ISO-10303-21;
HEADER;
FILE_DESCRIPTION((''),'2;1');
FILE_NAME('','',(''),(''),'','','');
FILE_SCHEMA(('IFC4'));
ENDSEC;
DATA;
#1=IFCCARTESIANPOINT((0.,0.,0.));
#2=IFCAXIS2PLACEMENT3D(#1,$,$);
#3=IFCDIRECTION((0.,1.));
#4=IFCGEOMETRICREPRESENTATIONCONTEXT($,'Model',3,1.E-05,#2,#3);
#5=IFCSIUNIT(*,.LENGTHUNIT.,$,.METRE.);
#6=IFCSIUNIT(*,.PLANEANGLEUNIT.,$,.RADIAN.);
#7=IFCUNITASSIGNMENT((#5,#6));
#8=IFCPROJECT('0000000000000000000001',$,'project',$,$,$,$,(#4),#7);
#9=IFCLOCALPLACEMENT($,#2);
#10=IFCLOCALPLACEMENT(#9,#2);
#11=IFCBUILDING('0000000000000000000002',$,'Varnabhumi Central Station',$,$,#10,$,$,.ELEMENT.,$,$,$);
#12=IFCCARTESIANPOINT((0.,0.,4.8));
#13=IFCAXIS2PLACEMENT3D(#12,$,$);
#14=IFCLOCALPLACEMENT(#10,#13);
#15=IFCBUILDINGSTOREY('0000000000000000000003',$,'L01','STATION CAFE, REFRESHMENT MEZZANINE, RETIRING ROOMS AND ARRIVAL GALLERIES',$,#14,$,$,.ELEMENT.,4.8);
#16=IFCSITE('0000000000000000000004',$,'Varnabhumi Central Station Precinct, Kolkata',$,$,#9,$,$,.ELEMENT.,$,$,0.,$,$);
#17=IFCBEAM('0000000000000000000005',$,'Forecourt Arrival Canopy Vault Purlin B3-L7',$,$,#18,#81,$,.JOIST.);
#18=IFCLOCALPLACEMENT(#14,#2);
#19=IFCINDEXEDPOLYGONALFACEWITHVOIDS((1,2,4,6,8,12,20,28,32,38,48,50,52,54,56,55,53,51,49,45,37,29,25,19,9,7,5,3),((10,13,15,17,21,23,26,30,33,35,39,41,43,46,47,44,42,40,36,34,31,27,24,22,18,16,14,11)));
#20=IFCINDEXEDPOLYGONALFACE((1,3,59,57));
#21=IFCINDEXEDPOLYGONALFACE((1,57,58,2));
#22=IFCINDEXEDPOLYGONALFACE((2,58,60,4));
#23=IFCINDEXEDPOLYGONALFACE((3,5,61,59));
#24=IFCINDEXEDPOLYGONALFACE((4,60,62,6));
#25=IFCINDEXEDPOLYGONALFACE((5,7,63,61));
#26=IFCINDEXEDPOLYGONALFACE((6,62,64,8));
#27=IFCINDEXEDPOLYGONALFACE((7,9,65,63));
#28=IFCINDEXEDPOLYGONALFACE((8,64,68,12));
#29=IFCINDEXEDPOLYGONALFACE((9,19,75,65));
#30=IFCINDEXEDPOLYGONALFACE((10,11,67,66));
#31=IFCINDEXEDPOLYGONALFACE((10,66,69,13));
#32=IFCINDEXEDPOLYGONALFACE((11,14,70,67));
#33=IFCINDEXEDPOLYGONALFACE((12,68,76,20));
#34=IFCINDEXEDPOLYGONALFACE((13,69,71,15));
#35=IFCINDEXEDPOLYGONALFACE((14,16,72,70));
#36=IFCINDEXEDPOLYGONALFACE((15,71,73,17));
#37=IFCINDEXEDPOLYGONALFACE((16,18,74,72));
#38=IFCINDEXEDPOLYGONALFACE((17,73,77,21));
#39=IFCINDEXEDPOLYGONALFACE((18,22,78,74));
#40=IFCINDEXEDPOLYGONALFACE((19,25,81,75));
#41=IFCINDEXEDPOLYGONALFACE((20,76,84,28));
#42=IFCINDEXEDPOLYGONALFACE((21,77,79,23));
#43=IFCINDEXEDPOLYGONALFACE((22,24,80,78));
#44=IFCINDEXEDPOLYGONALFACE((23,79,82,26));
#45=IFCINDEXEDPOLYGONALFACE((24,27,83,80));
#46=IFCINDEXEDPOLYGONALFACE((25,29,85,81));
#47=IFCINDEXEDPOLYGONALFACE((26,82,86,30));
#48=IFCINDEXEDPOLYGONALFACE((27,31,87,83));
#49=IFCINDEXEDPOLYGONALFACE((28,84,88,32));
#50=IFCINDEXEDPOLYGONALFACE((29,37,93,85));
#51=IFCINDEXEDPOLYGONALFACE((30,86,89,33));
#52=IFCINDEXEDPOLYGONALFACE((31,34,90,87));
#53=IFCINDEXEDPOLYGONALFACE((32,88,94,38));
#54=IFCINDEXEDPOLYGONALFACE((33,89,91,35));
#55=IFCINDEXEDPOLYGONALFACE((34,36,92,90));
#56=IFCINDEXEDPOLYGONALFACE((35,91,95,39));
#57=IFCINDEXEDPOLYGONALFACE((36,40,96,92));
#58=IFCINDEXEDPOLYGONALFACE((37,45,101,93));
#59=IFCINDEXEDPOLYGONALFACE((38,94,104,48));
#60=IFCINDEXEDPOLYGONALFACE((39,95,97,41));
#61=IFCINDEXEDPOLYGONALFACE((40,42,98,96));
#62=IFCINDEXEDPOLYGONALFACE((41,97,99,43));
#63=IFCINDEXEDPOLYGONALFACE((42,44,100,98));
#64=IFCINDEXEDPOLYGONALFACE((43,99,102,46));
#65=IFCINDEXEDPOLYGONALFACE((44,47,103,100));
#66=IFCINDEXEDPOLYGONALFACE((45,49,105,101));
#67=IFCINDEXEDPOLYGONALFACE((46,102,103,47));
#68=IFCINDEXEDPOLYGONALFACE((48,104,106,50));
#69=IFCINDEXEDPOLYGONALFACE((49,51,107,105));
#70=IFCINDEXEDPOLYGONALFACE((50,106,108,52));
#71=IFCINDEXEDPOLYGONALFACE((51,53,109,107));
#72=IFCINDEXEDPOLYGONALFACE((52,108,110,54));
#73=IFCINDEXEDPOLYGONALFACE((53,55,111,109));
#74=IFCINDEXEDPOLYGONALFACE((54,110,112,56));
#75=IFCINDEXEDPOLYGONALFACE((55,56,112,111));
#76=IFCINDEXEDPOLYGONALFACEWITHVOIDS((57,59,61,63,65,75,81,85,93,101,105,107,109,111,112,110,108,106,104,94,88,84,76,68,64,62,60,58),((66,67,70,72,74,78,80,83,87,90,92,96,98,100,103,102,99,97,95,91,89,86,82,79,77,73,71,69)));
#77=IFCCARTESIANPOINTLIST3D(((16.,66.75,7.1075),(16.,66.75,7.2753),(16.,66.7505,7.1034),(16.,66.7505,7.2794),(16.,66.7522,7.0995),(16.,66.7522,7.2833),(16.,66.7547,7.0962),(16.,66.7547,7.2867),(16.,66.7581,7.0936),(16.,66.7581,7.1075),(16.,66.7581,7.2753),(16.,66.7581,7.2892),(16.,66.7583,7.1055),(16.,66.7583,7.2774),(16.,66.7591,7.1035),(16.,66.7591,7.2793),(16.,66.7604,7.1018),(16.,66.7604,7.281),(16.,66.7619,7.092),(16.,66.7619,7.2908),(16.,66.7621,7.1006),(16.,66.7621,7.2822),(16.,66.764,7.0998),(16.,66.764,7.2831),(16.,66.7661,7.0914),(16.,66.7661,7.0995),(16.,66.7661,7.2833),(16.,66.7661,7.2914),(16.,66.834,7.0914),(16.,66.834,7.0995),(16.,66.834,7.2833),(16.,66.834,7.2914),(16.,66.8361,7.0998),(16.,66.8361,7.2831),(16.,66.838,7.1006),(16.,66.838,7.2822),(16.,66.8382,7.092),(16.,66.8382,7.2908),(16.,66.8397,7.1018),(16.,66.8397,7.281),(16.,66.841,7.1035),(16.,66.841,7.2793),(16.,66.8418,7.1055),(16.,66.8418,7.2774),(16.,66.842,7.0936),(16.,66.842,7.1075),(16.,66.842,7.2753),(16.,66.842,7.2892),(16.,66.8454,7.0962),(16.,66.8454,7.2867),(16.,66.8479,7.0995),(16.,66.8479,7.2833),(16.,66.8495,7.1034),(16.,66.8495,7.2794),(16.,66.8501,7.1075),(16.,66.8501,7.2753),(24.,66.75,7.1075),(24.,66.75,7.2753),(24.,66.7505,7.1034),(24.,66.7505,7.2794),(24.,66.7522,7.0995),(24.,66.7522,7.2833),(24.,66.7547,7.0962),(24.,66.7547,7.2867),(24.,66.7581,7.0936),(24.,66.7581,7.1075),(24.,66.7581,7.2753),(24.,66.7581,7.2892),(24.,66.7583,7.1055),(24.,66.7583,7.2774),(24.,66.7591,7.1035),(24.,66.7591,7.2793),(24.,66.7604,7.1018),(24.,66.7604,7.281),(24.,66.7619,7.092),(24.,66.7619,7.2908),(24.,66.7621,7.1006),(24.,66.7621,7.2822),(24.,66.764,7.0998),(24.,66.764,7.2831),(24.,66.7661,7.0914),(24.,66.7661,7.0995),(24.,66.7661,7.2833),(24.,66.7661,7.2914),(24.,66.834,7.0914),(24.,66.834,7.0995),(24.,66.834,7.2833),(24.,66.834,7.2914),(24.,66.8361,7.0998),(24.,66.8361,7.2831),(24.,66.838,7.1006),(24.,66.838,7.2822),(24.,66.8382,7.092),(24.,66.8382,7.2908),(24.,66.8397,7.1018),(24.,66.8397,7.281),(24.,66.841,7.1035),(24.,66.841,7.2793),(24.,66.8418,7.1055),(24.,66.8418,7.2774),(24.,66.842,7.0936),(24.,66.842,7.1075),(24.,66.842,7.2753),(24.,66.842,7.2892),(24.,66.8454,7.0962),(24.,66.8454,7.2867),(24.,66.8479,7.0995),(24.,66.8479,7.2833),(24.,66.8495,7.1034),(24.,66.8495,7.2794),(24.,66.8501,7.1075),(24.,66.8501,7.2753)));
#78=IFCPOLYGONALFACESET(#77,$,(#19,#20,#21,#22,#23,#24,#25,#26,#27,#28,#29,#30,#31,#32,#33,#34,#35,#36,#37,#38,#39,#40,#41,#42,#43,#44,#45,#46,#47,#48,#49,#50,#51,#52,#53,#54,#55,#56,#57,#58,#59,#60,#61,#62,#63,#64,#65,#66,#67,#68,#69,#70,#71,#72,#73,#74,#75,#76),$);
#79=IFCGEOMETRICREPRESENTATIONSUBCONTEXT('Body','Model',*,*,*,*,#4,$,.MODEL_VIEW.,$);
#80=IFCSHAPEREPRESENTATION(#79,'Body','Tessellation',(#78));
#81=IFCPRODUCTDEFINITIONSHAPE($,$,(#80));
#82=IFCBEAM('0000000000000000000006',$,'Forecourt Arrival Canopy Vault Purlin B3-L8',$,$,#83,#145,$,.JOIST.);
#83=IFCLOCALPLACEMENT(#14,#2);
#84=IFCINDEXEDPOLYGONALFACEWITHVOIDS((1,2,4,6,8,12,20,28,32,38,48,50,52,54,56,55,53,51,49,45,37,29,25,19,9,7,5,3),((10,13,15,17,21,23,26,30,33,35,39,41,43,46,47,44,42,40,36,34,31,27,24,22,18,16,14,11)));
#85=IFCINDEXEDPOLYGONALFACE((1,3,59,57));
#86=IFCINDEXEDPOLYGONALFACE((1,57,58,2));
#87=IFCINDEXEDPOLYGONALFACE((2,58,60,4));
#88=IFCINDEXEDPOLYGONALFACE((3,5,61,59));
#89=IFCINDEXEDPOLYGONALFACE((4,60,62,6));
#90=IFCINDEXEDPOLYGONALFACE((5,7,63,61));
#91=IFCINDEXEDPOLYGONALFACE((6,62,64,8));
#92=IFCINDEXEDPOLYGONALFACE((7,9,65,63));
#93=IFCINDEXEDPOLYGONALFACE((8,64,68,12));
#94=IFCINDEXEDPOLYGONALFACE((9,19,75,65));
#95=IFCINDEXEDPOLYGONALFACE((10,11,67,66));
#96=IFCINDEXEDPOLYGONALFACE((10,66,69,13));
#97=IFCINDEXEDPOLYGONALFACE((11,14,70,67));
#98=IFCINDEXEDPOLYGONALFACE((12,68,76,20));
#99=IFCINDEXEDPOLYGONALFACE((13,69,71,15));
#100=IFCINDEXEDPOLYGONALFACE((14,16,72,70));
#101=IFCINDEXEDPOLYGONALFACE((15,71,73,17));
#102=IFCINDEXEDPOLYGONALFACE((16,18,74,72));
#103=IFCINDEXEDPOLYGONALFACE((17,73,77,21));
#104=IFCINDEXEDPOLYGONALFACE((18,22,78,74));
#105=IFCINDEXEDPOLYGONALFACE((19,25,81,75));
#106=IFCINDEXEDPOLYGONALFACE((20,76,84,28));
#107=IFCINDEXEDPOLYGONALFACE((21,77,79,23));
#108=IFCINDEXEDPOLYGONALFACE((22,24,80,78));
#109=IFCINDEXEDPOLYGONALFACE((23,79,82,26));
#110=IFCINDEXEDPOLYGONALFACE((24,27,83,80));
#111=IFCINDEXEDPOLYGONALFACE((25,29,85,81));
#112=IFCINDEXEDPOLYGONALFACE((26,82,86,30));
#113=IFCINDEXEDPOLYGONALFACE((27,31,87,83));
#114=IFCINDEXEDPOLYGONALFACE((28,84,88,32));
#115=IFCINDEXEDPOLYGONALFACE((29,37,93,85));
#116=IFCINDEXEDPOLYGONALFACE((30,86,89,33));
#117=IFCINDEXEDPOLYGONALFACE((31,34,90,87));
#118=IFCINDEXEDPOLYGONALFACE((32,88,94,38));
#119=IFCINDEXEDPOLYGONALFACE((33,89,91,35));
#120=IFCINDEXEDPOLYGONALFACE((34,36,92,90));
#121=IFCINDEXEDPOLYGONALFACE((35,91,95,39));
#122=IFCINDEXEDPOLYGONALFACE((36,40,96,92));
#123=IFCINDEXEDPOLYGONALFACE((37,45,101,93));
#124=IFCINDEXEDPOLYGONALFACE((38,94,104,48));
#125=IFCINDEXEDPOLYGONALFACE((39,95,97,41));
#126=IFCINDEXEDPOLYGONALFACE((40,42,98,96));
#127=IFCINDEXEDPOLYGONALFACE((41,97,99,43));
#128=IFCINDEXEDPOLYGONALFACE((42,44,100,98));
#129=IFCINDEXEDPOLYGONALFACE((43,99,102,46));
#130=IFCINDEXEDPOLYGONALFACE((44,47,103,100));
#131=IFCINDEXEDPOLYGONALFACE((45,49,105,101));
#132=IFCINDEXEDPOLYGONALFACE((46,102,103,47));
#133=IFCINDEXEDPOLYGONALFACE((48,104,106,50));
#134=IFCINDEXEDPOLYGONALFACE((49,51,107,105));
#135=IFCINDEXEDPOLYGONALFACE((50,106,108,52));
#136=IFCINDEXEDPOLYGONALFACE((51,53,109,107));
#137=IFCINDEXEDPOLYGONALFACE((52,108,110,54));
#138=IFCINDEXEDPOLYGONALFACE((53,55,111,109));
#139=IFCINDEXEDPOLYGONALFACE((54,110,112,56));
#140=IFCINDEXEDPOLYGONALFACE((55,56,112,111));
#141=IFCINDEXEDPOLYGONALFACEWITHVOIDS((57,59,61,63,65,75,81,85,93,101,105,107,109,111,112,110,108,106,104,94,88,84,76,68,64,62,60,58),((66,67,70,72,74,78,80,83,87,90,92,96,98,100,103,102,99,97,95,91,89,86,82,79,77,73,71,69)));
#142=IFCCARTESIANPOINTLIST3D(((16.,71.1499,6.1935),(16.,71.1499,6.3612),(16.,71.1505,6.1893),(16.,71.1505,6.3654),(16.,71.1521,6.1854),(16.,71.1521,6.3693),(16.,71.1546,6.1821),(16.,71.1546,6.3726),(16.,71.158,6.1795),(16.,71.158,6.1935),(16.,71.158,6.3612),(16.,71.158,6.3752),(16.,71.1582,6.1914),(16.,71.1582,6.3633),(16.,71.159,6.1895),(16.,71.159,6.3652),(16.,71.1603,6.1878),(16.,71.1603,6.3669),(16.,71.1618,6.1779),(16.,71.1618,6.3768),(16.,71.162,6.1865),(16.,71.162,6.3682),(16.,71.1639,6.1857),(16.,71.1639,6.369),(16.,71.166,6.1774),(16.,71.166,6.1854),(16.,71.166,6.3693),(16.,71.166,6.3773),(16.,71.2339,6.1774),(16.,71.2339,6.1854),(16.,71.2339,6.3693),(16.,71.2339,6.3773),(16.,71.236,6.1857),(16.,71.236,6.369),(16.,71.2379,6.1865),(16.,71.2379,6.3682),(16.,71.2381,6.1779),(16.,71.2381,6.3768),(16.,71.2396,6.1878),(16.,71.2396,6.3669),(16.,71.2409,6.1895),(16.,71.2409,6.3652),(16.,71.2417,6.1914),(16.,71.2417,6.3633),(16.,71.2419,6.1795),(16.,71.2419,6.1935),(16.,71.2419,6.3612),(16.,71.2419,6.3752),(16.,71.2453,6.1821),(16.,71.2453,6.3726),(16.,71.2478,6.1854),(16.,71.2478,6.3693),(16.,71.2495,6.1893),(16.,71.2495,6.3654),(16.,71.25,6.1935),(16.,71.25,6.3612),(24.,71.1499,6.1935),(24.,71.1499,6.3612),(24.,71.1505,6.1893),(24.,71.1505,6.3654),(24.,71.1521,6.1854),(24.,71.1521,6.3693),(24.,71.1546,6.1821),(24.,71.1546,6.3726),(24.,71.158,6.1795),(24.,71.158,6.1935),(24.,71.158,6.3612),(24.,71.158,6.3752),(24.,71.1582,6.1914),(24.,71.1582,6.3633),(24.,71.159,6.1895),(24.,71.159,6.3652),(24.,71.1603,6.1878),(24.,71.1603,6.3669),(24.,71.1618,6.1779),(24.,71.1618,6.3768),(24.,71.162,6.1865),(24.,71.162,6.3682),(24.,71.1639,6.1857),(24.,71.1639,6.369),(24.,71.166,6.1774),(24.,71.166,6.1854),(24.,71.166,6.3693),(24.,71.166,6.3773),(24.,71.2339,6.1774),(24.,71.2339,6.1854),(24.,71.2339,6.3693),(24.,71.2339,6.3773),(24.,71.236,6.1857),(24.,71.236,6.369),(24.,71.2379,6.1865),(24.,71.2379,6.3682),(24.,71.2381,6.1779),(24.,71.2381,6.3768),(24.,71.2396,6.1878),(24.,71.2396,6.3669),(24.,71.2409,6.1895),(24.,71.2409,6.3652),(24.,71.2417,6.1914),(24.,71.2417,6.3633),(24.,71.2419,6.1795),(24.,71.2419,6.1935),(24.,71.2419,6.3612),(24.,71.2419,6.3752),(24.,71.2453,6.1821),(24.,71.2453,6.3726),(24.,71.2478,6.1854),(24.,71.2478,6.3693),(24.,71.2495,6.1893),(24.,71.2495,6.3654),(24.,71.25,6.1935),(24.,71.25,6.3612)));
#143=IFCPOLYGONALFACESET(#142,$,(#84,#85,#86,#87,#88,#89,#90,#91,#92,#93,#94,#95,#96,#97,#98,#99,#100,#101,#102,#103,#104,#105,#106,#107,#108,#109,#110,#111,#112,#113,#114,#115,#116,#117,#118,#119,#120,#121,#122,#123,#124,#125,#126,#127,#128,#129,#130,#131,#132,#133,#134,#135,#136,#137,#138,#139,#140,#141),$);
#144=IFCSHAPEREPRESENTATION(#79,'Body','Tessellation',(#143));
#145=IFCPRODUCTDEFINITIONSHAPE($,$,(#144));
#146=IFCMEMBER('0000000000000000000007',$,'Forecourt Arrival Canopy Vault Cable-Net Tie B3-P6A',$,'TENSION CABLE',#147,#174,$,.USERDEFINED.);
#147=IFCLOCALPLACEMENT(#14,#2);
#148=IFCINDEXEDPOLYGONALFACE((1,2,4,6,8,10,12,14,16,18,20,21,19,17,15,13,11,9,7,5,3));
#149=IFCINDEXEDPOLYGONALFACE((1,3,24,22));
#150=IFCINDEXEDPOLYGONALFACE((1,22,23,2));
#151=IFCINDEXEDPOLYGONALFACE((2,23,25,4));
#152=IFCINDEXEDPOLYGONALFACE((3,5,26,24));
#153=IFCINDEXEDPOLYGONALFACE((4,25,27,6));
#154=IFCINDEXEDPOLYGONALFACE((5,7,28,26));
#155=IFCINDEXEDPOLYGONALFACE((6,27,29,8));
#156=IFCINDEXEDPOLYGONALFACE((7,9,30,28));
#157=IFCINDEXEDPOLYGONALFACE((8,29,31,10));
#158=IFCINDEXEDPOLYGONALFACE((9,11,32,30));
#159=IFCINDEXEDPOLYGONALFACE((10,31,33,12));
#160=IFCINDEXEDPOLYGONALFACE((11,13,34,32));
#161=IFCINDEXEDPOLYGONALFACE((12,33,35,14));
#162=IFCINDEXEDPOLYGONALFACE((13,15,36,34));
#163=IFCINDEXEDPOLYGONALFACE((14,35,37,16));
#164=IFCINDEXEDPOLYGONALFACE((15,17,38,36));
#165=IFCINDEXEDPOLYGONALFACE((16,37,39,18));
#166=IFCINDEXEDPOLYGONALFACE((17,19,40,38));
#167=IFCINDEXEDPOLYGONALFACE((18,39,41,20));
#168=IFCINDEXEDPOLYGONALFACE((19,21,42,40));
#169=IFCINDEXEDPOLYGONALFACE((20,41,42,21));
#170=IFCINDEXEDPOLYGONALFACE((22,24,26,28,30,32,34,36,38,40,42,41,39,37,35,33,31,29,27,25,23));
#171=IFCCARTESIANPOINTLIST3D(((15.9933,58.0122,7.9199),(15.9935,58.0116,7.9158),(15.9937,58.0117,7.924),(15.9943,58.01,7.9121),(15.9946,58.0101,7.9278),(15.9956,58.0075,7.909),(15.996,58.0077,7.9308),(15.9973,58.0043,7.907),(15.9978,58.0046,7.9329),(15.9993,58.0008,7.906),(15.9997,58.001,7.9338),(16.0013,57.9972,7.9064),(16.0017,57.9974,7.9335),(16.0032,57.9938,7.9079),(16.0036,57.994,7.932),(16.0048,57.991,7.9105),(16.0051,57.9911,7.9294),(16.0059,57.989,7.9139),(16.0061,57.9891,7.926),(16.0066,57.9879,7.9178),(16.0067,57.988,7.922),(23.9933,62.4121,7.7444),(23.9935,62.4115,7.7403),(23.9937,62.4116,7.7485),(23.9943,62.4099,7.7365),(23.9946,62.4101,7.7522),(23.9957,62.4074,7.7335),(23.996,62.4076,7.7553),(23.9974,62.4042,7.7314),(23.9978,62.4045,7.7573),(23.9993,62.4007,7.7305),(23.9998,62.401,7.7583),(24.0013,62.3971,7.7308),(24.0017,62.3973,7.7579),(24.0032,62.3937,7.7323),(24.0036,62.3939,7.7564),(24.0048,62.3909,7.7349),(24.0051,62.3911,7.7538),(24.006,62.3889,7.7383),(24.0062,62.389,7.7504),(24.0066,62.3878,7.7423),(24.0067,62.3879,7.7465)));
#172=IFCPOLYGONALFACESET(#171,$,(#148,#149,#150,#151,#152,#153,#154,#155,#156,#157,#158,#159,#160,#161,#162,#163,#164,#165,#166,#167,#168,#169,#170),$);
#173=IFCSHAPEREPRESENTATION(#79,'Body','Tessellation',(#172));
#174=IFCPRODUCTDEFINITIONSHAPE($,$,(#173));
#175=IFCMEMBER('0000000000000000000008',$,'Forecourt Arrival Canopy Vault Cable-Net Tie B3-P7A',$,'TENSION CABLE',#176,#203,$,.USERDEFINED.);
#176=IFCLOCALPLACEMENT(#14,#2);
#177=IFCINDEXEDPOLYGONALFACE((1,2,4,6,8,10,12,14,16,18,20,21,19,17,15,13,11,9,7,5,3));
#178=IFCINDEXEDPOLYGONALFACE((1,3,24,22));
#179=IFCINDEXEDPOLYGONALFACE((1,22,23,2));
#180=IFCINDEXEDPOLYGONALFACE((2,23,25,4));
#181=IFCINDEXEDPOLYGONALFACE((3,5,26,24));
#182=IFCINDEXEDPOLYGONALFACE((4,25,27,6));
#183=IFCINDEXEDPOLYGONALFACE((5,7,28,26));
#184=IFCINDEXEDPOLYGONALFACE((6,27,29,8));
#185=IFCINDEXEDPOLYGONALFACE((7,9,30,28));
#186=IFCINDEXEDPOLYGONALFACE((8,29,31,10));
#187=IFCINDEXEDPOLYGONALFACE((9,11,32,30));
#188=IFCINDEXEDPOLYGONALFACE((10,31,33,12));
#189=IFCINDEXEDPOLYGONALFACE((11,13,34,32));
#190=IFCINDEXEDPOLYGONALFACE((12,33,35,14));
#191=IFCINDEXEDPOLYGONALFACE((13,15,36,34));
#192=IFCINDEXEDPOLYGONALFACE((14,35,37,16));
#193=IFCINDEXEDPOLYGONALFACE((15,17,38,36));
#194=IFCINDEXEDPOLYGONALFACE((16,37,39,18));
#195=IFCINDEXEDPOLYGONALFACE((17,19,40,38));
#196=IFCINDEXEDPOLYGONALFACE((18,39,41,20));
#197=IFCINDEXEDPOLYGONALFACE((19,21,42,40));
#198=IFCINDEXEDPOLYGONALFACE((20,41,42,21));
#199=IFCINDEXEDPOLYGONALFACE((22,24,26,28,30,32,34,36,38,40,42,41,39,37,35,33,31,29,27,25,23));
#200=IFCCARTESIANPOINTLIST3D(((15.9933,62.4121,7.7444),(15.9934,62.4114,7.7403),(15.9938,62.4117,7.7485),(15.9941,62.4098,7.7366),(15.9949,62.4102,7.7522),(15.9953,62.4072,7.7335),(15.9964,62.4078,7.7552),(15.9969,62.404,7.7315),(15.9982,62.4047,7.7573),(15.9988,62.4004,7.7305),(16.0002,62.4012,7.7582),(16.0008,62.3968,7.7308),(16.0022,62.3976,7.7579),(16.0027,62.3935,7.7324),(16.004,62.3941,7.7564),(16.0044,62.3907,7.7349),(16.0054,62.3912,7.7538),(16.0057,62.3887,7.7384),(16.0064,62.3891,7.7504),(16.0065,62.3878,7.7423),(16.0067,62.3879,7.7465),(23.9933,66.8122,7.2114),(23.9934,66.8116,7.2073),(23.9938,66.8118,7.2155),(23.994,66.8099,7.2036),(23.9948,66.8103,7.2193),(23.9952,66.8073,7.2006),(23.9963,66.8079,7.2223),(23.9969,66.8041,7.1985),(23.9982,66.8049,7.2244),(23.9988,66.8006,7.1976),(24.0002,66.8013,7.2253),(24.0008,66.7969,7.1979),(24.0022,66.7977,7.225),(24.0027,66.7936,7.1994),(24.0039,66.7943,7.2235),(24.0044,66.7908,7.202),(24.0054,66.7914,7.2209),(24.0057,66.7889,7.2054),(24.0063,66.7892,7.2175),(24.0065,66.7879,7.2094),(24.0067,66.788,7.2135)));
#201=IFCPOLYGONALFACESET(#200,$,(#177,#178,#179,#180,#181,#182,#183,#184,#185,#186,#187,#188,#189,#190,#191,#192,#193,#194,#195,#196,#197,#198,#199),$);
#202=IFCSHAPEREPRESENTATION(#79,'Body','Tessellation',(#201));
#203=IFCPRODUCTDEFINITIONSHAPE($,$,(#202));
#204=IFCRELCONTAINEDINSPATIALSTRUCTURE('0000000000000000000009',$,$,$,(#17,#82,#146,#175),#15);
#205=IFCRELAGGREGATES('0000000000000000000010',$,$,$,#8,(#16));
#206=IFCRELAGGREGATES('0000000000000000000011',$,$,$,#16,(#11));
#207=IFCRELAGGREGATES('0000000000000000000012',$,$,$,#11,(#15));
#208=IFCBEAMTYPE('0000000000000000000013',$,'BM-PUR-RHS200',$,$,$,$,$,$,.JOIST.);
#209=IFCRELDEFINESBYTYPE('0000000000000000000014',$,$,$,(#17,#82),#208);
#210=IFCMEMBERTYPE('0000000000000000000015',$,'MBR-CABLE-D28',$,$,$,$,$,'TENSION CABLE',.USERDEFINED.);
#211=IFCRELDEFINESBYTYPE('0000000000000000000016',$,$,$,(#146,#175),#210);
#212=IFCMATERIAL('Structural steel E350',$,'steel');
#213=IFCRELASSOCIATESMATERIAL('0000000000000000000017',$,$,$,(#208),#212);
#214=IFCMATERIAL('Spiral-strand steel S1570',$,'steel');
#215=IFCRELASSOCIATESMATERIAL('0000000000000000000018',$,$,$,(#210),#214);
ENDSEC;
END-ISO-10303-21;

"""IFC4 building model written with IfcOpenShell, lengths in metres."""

from ifc_helpers import new_model, si_unit, direction, frame, origin, origin_2d, place, context, subcontext, project, spatial, hollow_rectangle, circle, extrude, material, material_profile, profile_set, type_object, element, save


model = new_model("IFC4")

# Units and contexts
model_context = context("Model", 3, precision=1e-05, world=origin(), true_north=direction((0.0, 1.0)))
body_context = subcontext(model_context, "Body", "Model", "MODEL_VIEW")
ifc_project = project(units=[si_unit("LENGTHUNIT", "METRE"), si_unit("PLANEANGLEUNIT", "RADIAN")], contexts=[model_context])

# Site, building, storey
site_placement = place(None, origin())
site = spatial("IfcSite", under=ifc_project, at=site_placement, Name="Varnabhumi Central Station Precinct, Kolkata", CompositionType="ELEMENT", RefElevation=0.0)
building_placement = place(site_placement, origin())
building = spatial("IfcBuilding", under=site, at=building_placement, Name="Varnabhumi Central Station", CompositionType="ELEMENT")
storey_placement = place(building_placement, frame((0.0, 0.0, 4.8)))
storey = spatial("IfcBuildingStorey", under=building, at=storey_placement, Name="L01", Description="STATION CAFE, REFRESHMENT MEZZANINE, RETIRING ROOMS AND ARRIVAL GALLERIES", CompositionType="ELEMENT", Elevation=4.8)

# Beams
ifc_material_1 = material(Name="Structural steel E350", Category="steel")
ifc_material_profile_1 = material_profile(ifc_material_1, hollow_rectangle(XDim=0.1001, YDim=0.2, WallThickness=0.0081, InnerFilletRadius=0.0081, OuterFilletRadius=0.0161, at=origin_2d()), Name="Structural steel E350", Category="steel")
ifc_profile_set_1 = profile_set([ifc_material_profile_1], Name="Structural steel E350")
beam_type_1 = type_object("IfcBeamType", Name="BM-PUR-RHS200", PredefinedType="JOIST", material=ifc_profile_set_1)
for number, where, z_axis, x_axis, name in (
    (1, (16.0, 66.8, 7.1914), (1.0, 0.0, 0.0), (0.0, 1.0, 0.0), "Forecourt Arrival Canopy Vault Purlin B3-L7"),
    (2, (16.0, 71.2, 6.2773), (1.0, 0.0, 0.0), (0.0, 1.0, 0.0), "Forecourt Arrival Canopy Vault Purlin B3-L8"),
):
    element("IfcBeam", number, at=place(storey_placement, frame(where, z_axis=z_axis, x_axis=x_axis)), inside=storey, type_object=beam_type_1, Name=name, PredefinedType="JOIST", context=body_context, shape_type="SweptSolid", body=[
        extrude(hollow_rectangle(XDim=0.1001, YDim=0.2, WallThickness=0.0081, InnerFilletRadius=0.0081, OuterFilletRadius=0.0161, at=origin_2d()), origin(), (0.0, 0.0, 1.0), 8.0),
    ])

# Members
ifc_material_2 = material(Name="Spiral-strand steel S1570", Category="steel")
ifc_material_profile_2 = material_profile(ifc_material_2, circle(Radius=0.0139, at=origin_2d()), Name="Spiral-strand steel S1570", Category="steel")
ifc_profile_set_2 = profile_set([ifc_material_profile_2], Name="Spiral-strand steel S1570")
member_type = type_object("IfcMemberType", Name="MBR-CABLE-D28", ElementType="TENSION CABLE", PredefinedType="USERDEFINED", material=ifc_profile_set_2)
member_1_placement = place(storey_placement, frame((16.0, 58.0, 7.9199), z_axis=(0.876059, 0.481821, -0.019223), x_axis=(-0.481911, 0.87622, 0.0)))
element("IfcMember", 3, at=member_1_placement, inside=storey, type_object=member_type, Name="Forecourt Arrival Canopy Vault Cable-Net Tie B3-P6A", ObjectType="TENSION CABLE", PredefinedType="USERDEFINED", context=body_context, shape_type="SweptSolid", body=[
    extrude(circle(Radius=0.0139, at=origin_2d()), origin(), (0.0, 0.0, 1.0), 9.1318),
])
member_2_placement = place(storey_placement, frame((16.0, 62.3999, 7.7444), z_axis=(0.87472, 0.481112, -0.058274), x_axis=(-0.481931, 0.876209, 0.0)))
element("IfcMember", 4, at=member_2_placement, inside=storey, type_object=member_type, Name="Forecourt Arrival Canopy Vault Cable-Net Tie B3-P7A", ObjectType="TENSION CABLE", PredefinedType="USERDEFINED", context=body_context, shape_type="SweptSolid", body=[
    extrude(circle(Radius=0.0139, at=origin_2d()), origin(), (0.0, 0.0, 1.0), 9.1458),
])

save(model, "model.ifc")
